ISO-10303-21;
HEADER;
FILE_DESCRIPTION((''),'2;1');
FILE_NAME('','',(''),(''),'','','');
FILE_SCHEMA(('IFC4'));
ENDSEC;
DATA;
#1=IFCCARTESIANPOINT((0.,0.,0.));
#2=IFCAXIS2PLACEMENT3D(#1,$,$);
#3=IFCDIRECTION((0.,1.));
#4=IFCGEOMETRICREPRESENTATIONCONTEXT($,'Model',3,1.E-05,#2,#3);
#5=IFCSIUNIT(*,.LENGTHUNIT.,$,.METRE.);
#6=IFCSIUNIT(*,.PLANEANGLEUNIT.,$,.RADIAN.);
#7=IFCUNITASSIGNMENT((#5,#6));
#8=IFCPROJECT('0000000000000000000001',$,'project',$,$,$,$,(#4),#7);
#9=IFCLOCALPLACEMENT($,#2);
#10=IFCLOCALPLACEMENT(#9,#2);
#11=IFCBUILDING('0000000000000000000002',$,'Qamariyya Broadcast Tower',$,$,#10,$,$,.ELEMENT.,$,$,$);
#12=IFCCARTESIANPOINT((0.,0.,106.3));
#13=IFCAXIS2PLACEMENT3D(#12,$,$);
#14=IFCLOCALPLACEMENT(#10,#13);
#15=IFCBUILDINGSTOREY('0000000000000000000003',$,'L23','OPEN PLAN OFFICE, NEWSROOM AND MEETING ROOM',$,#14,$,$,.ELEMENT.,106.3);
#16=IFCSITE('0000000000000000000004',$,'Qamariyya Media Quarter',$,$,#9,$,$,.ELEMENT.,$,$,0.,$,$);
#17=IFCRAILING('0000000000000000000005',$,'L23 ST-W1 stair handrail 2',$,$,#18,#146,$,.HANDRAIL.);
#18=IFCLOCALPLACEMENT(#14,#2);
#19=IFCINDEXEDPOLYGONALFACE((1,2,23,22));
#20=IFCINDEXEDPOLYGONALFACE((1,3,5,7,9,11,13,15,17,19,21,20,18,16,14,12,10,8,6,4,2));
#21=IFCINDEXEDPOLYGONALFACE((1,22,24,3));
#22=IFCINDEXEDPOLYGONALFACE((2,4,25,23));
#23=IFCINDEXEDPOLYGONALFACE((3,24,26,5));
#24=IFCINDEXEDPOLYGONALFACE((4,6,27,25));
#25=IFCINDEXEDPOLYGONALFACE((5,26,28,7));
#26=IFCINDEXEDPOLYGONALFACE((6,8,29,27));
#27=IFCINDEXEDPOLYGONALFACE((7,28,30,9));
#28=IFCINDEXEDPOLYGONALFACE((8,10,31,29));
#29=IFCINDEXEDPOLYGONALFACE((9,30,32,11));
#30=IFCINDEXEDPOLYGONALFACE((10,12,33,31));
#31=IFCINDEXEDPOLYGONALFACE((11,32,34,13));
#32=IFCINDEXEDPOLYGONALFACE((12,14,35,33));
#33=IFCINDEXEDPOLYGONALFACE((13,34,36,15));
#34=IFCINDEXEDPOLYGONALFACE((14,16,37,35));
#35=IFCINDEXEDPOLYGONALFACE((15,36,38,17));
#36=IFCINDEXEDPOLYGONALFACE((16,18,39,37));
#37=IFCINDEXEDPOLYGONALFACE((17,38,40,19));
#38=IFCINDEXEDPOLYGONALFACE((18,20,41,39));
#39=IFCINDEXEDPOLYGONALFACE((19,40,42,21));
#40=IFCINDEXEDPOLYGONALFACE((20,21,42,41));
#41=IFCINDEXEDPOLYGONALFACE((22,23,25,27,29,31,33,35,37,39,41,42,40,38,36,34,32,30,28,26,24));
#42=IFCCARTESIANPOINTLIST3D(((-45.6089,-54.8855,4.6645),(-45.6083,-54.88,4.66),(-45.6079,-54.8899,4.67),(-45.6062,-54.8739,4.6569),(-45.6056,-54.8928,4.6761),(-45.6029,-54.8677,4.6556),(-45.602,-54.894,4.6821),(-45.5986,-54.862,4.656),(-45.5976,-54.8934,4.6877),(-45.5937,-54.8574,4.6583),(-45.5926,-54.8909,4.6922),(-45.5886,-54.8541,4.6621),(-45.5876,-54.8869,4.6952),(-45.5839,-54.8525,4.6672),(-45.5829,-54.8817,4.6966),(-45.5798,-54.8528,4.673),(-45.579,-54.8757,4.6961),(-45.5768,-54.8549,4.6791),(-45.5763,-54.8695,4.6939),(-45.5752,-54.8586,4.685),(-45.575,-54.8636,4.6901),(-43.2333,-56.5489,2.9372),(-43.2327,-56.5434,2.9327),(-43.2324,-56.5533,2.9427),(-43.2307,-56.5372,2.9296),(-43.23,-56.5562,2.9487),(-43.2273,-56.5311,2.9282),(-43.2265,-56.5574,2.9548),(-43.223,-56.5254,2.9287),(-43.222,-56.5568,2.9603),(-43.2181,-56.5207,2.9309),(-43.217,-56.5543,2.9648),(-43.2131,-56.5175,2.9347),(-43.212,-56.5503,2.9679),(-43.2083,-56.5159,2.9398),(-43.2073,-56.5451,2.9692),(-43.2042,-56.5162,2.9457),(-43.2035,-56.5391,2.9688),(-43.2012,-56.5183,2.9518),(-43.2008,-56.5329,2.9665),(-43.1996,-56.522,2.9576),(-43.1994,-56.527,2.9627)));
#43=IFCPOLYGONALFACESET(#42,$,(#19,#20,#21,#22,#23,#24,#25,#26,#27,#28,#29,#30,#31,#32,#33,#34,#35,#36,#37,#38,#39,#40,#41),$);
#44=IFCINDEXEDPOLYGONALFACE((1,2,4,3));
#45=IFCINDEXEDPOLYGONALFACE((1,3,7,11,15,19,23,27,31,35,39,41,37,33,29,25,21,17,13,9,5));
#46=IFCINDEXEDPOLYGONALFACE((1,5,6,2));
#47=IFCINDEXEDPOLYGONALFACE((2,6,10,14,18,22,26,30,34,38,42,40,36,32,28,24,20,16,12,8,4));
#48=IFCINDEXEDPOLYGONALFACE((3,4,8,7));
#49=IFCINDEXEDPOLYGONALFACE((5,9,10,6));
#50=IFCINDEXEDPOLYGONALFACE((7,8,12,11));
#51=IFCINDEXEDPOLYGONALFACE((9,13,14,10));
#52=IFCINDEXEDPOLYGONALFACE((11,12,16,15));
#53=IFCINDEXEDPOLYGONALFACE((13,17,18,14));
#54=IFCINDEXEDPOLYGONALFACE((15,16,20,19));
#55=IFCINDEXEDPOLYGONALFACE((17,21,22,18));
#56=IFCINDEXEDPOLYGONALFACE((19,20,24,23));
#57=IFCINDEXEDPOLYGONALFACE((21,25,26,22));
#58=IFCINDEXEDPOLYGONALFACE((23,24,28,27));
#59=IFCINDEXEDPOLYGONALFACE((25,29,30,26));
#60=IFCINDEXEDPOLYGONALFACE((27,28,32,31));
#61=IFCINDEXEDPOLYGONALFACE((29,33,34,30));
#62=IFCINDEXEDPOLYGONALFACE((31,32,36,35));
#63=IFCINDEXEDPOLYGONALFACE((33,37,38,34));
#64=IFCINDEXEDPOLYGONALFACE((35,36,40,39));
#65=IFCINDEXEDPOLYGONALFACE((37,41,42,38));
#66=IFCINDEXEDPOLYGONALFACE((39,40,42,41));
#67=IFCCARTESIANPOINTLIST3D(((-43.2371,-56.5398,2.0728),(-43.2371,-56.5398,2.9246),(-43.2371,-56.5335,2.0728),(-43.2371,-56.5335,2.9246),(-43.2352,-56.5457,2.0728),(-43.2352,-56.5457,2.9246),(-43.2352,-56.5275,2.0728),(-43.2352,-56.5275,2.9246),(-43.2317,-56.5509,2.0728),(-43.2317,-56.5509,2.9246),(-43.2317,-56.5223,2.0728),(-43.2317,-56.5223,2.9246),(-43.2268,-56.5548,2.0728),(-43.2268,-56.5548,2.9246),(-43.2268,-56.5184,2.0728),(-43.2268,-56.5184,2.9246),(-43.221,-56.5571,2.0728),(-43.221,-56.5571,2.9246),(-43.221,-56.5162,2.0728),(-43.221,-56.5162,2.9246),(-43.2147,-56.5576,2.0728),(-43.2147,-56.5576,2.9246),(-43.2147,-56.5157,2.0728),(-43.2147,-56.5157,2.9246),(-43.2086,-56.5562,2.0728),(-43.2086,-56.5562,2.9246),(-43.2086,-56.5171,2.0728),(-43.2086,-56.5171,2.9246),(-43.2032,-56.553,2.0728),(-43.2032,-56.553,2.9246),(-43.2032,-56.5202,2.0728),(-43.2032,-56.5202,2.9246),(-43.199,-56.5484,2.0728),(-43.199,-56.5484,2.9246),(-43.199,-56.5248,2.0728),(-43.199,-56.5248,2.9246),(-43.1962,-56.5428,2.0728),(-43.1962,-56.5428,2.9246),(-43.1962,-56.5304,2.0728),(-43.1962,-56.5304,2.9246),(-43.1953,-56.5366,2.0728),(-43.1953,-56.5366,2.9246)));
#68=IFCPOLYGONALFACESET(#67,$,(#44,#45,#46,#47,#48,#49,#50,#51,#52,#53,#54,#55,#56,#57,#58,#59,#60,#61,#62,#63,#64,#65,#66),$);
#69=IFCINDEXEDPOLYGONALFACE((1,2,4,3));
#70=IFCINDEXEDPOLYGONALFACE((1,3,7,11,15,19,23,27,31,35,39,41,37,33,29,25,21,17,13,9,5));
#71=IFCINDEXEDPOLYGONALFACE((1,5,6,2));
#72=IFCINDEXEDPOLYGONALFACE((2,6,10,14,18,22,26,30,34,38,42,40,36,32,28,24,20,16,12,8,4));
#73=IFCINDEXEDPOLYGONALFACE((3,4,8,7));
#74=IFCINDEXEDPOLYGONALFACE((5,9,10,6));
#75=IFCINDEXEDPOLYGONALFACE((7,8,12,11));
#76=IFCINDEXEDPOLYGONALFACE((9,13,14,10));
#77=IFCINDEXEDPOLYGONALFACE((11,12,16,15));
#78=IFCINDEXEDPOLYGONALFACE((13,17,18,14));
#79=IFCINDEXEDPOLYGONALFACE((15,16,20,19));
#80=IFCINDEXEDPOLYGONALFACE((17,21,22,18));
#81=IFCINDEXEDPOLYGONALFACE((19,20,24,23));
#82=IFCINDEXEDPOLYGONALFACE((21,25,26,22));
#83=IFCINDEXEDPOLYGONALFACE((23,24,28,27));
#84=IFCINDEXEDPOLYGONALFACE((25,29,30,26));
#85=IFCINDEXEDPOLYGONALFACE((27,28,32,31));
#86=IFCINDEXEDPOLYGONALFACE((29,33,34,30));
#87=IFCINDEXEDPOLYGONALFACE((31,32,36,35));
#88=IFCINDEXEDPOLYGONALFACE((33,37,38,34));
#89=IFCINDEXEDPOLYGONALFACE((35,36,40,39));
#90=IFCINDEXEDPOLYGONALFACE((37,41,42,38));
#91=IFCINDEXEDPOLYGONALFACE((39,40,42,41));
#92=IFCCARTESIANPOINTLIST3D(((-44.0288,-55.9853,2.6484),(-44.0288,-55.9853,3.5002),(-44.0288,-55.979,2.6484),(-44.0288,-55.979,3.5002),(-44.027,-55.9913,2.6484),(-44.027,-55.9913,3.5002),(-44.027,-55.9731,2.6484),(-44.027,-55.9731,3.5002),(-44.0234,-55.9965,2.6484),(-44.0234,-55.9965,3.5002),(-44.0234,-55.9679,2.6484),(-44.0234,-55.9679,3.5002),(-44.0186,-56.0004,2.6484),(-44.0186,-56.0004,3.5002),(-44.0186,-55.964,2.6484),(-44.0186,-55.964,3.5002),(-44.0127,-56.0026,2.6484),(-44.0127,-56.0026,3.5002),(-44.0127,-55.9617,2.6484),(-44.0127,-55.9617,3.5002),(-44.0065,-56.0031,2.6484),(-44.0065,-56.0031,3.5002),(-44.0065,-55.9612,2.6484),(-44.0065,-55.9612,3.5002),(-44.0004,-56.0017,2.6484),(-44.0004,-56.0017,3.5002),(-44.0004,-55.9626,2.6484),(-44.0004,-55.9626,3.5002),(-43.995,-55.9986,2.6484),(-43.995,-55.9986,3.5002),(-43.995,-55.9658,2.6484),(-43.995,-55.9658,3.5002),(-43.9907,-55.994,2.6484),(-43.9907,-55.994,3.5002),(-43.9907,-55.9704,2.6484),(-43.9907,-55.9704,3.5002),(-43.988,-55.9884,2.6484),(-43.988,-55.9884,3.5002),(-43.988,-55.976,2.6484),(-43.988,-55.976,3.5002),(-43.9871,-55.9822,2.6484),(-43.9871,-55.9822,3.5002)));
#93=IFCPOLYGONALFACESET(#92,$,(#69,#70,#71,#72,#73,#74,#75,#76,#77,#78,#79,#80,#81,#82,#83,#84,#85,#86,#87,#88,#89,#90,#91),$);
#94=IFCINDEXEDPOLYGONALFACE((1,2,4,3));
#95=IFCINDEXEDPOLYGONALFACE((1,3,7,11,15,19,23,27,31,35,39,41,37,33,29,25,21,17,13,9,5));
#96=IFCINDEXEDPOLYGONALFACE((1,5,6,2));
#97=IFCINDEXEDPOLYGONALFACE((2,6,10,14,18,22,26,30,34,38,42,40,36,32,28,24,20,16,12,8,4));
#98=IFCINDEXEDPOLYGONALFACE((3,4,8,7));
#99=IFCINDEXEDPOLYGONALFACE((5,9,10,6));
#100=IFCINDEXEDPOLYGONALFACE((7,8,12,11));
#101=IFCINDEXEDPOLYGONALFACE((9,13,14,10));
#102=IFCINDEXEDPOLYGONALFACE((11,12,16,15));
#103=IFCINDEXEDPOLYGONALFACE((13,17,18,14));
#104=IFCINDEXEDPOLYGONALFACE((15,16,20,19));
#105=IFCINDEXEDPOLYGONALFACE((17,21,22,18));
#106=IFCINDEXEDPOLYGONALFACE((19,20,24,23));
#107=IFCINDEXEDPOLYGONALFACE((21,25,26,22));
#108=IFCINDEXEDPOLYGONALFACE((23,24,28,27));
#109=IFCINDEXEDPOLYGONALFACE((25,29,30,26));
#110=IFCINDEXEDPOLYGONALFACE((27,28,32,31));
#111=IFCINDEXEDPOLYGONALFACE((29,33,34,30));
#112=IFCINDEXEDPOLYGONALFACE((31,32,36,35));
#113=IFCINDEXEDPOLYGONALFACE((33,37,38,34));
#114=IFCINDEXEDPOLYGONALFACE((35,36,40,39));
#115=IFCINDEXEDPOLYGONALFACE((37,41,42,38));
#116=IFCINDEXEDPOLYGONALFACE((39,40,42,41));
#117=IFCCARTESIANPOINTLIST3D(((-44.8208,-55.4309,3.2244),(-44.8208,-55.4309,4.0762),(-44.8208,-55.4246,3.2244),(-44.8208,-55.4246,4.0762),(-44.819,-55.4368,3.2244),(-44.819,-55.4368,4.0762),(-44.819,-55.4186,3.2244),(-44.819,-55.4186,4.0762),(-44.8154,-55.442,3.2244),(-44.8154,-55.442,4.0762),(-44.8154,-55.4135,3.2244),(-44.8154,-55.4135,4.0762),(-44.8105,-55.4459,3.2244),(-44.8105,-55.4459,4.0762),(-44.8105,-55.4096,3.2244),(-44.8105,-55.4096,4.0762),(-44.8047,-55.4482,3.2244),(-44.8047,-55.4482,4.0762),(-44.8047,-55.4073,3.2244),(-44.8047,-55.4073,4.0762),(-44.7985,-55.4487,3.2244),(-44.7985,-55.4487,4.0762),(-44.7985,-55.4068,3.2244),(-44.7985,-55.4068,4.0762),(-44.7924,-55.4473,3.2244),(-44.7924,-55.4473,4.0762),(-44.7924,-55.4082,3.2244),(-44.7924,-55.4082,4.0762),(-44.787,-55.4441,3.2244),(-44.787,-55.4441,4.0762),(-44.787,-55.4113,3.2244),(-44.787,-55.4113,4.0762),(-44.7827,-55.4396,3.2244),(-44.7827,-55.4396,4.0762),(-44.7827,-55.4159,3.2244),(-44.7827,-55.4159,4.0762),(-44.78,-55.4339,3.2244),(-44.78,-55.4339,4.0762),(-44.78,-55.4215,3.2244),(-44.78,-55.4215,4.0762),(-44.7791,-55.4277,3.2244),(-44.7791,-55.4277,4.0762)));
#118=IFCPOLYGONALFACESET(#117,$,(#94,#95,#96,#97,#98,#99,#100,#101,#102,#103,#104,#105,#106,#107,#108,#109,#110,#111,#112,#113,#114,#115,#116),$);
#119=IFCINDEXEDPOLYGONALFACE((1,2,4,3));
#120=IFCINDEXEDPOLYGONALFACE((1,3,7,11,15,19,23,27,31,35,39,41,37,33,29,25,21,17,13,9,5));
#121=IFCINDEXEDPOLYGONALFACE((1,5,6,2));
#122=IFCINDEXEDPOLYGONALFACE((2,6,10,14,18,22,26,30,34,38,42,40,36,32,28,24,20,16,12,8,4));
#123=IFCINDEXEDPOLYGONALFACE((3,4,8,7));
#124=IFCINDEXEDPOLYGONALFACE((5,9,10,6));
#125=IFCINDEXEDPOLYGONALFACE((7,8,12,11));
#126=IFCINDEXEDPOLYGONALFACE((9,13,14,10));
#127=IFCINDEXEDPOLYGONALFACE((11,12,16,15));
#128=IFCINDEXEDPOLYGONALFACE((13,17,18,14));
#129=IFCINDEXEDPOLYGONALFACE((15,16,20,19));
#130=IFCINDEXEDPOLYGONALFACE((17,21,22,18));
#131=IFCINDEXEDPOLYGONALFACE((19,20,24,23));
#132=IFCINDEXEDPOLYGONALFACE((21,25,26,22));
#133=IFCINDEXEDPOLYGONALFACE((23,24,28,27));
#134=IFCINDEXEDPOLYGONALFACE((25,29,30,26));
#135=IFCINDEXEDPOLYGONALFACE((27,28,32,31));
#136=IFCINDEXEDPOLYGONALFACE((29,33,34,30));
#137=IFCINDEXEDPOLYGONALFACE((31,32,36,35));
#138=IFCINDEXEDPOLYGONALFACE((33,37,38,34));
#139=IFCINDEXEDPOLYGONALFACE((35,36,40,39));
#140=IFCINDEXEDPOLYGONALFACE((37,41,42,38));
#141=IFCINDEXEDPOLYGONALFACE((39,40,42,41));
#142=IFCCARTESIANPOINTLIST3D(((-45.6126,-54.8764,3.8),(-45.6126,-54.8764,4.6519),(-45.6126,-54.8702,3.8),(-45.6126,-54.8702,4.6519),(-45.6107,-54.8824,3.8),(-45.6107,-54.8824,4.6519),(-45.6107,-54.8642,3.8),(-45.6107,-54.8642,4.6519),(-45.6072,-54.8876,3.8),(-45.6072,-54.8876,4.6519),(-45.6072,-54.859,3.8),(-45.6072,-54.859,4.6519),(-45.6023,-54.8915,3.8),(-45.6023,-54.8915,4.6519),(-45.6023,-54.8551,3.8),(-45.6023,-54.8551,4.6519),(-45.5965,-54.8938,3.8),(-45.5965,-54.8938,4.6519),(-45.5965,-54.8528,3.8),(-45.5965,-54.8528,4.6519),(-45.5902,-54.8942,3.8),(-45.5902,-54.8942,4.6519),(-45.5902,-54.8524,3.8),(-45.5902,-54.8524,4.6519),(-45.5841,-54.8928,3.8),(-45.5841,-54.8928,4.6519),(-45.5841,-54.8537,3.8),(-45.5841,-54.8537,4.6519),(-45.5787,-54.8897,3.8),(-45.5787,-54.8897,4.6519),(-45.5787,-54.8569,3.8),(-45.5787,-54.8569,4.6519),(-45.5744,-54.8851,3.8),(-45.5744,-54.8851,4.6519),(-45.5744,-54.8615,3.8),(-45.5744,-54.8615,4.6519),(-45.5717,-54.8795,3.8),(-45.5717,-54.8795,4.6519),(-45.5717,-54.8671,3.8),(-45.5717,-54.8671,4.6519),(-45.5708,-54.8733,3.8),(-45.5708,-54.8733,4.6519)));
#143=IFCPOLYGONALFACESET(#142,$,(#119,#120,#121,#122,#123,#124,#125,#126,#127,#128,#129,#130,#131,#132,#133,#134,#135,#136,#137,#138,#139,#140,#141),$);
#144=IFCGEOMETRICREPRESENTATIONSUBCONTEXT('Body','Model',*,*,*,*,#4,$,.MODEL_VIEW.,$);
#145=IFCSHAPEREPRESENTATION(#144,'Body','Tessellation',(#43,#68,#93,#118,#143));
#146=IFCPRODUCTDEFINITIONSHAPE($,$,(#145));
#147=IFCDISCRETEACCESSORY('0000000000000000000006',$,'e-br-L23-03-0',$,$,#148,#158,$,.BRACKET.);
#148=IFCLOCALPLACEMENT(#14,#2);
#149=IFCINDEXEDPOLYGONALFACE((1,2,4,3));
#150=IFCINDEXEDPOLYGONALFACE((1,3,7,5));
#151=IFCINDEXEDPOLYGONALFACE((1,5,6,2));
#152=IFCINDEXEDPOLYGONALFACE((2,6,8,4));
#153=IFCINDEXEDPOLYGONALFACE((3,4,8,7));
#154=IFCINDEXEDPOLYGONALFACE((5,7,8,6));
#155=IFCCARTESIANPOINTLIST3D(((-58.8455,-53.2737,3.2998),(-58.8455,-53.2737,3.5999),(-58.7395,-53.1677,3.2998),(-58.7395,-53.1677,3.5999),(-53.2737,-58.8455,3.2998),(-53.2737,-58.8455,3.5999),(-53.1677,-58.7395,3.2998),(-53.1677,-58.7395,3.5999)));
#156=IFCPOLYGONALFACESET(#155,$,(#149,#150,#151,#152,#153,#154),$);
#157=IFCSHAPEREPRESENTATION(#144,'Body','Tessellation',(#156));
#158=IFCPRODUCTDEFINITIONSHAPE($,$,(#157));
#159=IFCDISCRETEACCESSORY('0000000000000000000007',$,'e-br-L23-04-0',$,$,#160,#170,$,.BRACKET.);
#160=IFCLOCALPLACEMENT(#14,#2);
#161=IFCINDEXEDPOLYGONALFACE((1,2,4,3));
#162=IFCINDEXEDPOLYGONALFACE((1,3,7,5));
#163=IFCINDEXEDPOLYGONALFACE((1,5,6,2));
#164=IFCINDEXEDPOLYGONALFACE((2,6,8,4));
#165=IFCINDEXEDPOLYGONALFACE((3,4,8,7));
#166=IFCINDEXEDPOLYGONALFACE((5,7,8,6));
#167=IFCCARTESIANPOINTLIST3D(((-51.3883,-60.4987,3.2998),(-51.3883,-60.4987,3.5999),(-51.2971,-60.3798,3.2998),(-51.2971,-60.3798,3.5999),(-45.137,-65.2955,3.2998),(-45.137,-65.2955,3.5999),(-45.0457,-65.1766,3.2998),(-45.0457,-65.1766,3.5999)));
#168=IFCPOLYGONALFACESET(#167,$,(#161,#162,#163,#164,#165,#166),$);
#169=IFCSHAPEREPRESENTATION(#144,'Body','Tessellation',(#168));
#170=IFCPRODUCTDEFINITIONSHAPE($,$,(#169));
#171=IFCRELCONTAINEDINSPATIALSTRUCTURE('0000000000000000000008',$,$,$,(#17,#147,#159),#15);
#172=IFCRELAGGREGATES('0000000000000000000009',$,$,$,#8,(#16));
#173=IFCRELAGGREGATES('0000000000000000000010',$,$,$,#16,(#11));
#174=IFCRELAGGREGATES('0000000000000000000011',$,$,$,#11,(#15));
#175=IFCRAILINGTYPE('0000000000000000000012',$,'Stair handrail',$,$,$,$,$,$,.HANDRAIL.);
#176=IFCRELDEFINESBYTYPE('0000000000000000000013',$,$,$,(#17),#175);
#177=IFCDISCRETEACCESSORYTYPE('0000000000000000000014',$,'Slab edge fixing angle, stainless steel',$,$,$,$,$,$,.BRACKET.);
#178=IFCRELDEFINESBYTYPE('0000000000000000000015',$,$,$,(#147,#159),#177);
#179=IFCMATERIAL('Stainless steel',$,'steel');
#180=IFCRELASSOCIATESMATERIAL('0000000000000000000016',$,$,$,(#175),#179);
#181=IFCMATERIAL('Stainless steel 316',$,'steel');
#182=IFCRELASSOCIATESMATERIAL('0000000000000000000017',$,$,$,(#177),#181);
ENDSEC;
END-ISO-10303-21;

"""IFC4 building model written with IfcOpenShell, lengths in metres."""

from ifc_helpers import new_model, si_unit, direction, frame, origin, origin_2d, place, context, subcontext, project, spatial, rectangle, circle, extrude, material, type_object, element, save


model = new_model("IFC4")

# Units and contexts
model_context = context("Model", 3, precision=1e-05, world=origin(), true_north=direction((0.0, 1.0)))
body_context = subcontext(model_context, "Body", "Model", "MODEL_VIEW")
ifc_project = project(units=[si_unit("LENGTHUNIT", "METRE"), si_unit("PLANEANGLEUNIT", "RADIAN")], contexts=[model_context])

# Site, building, storey
site_placement = place(None, origin())
site = spatial("IfcSite", under=ifc_project, at=site_placement, Name="Qamariyya Media Quarter", CompositionType="ELEMENT", RefElevation=0.0)
building_placement = place(site_placement, origin())
building = spatial("IfcBuilding", under=site, at=building_placement, Name="Qamariyya Broadcast Tower", CompositionType="ELEMENT")
storey_placement = place(building_placement, frame((0.0, 0.0, 106.3)))
storey = spatial("IfcBuildingStorey", under=building, at=storey_placement, Name="L23", Description="OPEN PLAN OFFICE, NEWSROOM AND MEETING ROOM", CompositionType="ELEMENT", Elevation=106.3)

# Railing
ifc_material_1 = material(Name="Stainless steel", Category="steel")
railing_type_1 = type_object("IfcRailingType", Name="Stair handrail", PredefinedType="HANDRAIL", material=ifc_material_1)
railing_1_placement = place(storey_placement, frame((-43.2163, -56.5366, 2.0728)))
element("IfcRailing", 1, at=railing_1_placement, inside=storey, type_object=railing_type_1, Name="L23 ST-W1 stair handrail 2", PredefinedType="HANDRAIL", context=body_context, shape_type="SweptSolid", body=[
    extrude(circle(Radius=0.0239, at=origin_2d()), frame((0.0, 0.0, 0.876), z_axis=(-0.70377, 0.492784, 0.511734), x_axis=(-0.573575, -0.819153, 0.0)), (0.0, 0.0, 1.0), 3.3755),
    extrude(circle(Radius=0.021, at=origin_2d()), origin(), (0.0, 0.0, 1.0), 0.8518),
    extrude(circle(Radius=0.021, at=origin_2d()), frame((-0.7917, 0.5544, 0.5757)), (0.0, 0.0, 1.0), 0.8518),
    extrude(circle(Radius=0.021, at=origin_2d()), frame((-1.5837, 1.1089, 1.1516)), (0.0, 0.0, 1.0), 0.8518),
    extrude(circle(Radius=0.021, at=origin_2d()), frame((-2.3755, 1.6633, 1.7273)), (0.0, 0.0, 1.0), 0.8518),
])

# Discrete accessories
ifc_material_2 = material(Name="Stainless steel 316", Category="steel")
discrete_accessory_type = type_object("IfcDiscreteAccessoryType", Name="Slab edge fixing angle, stainless steel", PredefinedType="BRACKET", material=ifc_material_2)
for number, where, z_axis, x_axis, name in (
    (2, (-56.0066, -56.0066, 3.2998), (0.0, 0.0, 1.0), (0.707107, -0.707107, 0.0), "e-br-L23-03-0"),
    (3, (-48.217, -62.8376, 3.2998), (0.0, 0.0, 1.0), (0.793353, -0.608761, 0.0), "e-br-L23-04-0"),
):
    element("IfcDiscreteAccessory", number, at=place(storey_placement, frame(where, z_axis=z_axis, x_axis=x_axis)), inside=storey, type_object=discrete_accessory_type, Name=name, PredefinedType="BRACKET", context=body_context, shape_type="SweptSolid", body=[
        extrude(rectangle(XDim=7.8796, YDim=0.1499, at=origin_2d()), origin(), (0.0, 0.0, 1.0), 0.3),
    ])

save(model, "model.ifc")
